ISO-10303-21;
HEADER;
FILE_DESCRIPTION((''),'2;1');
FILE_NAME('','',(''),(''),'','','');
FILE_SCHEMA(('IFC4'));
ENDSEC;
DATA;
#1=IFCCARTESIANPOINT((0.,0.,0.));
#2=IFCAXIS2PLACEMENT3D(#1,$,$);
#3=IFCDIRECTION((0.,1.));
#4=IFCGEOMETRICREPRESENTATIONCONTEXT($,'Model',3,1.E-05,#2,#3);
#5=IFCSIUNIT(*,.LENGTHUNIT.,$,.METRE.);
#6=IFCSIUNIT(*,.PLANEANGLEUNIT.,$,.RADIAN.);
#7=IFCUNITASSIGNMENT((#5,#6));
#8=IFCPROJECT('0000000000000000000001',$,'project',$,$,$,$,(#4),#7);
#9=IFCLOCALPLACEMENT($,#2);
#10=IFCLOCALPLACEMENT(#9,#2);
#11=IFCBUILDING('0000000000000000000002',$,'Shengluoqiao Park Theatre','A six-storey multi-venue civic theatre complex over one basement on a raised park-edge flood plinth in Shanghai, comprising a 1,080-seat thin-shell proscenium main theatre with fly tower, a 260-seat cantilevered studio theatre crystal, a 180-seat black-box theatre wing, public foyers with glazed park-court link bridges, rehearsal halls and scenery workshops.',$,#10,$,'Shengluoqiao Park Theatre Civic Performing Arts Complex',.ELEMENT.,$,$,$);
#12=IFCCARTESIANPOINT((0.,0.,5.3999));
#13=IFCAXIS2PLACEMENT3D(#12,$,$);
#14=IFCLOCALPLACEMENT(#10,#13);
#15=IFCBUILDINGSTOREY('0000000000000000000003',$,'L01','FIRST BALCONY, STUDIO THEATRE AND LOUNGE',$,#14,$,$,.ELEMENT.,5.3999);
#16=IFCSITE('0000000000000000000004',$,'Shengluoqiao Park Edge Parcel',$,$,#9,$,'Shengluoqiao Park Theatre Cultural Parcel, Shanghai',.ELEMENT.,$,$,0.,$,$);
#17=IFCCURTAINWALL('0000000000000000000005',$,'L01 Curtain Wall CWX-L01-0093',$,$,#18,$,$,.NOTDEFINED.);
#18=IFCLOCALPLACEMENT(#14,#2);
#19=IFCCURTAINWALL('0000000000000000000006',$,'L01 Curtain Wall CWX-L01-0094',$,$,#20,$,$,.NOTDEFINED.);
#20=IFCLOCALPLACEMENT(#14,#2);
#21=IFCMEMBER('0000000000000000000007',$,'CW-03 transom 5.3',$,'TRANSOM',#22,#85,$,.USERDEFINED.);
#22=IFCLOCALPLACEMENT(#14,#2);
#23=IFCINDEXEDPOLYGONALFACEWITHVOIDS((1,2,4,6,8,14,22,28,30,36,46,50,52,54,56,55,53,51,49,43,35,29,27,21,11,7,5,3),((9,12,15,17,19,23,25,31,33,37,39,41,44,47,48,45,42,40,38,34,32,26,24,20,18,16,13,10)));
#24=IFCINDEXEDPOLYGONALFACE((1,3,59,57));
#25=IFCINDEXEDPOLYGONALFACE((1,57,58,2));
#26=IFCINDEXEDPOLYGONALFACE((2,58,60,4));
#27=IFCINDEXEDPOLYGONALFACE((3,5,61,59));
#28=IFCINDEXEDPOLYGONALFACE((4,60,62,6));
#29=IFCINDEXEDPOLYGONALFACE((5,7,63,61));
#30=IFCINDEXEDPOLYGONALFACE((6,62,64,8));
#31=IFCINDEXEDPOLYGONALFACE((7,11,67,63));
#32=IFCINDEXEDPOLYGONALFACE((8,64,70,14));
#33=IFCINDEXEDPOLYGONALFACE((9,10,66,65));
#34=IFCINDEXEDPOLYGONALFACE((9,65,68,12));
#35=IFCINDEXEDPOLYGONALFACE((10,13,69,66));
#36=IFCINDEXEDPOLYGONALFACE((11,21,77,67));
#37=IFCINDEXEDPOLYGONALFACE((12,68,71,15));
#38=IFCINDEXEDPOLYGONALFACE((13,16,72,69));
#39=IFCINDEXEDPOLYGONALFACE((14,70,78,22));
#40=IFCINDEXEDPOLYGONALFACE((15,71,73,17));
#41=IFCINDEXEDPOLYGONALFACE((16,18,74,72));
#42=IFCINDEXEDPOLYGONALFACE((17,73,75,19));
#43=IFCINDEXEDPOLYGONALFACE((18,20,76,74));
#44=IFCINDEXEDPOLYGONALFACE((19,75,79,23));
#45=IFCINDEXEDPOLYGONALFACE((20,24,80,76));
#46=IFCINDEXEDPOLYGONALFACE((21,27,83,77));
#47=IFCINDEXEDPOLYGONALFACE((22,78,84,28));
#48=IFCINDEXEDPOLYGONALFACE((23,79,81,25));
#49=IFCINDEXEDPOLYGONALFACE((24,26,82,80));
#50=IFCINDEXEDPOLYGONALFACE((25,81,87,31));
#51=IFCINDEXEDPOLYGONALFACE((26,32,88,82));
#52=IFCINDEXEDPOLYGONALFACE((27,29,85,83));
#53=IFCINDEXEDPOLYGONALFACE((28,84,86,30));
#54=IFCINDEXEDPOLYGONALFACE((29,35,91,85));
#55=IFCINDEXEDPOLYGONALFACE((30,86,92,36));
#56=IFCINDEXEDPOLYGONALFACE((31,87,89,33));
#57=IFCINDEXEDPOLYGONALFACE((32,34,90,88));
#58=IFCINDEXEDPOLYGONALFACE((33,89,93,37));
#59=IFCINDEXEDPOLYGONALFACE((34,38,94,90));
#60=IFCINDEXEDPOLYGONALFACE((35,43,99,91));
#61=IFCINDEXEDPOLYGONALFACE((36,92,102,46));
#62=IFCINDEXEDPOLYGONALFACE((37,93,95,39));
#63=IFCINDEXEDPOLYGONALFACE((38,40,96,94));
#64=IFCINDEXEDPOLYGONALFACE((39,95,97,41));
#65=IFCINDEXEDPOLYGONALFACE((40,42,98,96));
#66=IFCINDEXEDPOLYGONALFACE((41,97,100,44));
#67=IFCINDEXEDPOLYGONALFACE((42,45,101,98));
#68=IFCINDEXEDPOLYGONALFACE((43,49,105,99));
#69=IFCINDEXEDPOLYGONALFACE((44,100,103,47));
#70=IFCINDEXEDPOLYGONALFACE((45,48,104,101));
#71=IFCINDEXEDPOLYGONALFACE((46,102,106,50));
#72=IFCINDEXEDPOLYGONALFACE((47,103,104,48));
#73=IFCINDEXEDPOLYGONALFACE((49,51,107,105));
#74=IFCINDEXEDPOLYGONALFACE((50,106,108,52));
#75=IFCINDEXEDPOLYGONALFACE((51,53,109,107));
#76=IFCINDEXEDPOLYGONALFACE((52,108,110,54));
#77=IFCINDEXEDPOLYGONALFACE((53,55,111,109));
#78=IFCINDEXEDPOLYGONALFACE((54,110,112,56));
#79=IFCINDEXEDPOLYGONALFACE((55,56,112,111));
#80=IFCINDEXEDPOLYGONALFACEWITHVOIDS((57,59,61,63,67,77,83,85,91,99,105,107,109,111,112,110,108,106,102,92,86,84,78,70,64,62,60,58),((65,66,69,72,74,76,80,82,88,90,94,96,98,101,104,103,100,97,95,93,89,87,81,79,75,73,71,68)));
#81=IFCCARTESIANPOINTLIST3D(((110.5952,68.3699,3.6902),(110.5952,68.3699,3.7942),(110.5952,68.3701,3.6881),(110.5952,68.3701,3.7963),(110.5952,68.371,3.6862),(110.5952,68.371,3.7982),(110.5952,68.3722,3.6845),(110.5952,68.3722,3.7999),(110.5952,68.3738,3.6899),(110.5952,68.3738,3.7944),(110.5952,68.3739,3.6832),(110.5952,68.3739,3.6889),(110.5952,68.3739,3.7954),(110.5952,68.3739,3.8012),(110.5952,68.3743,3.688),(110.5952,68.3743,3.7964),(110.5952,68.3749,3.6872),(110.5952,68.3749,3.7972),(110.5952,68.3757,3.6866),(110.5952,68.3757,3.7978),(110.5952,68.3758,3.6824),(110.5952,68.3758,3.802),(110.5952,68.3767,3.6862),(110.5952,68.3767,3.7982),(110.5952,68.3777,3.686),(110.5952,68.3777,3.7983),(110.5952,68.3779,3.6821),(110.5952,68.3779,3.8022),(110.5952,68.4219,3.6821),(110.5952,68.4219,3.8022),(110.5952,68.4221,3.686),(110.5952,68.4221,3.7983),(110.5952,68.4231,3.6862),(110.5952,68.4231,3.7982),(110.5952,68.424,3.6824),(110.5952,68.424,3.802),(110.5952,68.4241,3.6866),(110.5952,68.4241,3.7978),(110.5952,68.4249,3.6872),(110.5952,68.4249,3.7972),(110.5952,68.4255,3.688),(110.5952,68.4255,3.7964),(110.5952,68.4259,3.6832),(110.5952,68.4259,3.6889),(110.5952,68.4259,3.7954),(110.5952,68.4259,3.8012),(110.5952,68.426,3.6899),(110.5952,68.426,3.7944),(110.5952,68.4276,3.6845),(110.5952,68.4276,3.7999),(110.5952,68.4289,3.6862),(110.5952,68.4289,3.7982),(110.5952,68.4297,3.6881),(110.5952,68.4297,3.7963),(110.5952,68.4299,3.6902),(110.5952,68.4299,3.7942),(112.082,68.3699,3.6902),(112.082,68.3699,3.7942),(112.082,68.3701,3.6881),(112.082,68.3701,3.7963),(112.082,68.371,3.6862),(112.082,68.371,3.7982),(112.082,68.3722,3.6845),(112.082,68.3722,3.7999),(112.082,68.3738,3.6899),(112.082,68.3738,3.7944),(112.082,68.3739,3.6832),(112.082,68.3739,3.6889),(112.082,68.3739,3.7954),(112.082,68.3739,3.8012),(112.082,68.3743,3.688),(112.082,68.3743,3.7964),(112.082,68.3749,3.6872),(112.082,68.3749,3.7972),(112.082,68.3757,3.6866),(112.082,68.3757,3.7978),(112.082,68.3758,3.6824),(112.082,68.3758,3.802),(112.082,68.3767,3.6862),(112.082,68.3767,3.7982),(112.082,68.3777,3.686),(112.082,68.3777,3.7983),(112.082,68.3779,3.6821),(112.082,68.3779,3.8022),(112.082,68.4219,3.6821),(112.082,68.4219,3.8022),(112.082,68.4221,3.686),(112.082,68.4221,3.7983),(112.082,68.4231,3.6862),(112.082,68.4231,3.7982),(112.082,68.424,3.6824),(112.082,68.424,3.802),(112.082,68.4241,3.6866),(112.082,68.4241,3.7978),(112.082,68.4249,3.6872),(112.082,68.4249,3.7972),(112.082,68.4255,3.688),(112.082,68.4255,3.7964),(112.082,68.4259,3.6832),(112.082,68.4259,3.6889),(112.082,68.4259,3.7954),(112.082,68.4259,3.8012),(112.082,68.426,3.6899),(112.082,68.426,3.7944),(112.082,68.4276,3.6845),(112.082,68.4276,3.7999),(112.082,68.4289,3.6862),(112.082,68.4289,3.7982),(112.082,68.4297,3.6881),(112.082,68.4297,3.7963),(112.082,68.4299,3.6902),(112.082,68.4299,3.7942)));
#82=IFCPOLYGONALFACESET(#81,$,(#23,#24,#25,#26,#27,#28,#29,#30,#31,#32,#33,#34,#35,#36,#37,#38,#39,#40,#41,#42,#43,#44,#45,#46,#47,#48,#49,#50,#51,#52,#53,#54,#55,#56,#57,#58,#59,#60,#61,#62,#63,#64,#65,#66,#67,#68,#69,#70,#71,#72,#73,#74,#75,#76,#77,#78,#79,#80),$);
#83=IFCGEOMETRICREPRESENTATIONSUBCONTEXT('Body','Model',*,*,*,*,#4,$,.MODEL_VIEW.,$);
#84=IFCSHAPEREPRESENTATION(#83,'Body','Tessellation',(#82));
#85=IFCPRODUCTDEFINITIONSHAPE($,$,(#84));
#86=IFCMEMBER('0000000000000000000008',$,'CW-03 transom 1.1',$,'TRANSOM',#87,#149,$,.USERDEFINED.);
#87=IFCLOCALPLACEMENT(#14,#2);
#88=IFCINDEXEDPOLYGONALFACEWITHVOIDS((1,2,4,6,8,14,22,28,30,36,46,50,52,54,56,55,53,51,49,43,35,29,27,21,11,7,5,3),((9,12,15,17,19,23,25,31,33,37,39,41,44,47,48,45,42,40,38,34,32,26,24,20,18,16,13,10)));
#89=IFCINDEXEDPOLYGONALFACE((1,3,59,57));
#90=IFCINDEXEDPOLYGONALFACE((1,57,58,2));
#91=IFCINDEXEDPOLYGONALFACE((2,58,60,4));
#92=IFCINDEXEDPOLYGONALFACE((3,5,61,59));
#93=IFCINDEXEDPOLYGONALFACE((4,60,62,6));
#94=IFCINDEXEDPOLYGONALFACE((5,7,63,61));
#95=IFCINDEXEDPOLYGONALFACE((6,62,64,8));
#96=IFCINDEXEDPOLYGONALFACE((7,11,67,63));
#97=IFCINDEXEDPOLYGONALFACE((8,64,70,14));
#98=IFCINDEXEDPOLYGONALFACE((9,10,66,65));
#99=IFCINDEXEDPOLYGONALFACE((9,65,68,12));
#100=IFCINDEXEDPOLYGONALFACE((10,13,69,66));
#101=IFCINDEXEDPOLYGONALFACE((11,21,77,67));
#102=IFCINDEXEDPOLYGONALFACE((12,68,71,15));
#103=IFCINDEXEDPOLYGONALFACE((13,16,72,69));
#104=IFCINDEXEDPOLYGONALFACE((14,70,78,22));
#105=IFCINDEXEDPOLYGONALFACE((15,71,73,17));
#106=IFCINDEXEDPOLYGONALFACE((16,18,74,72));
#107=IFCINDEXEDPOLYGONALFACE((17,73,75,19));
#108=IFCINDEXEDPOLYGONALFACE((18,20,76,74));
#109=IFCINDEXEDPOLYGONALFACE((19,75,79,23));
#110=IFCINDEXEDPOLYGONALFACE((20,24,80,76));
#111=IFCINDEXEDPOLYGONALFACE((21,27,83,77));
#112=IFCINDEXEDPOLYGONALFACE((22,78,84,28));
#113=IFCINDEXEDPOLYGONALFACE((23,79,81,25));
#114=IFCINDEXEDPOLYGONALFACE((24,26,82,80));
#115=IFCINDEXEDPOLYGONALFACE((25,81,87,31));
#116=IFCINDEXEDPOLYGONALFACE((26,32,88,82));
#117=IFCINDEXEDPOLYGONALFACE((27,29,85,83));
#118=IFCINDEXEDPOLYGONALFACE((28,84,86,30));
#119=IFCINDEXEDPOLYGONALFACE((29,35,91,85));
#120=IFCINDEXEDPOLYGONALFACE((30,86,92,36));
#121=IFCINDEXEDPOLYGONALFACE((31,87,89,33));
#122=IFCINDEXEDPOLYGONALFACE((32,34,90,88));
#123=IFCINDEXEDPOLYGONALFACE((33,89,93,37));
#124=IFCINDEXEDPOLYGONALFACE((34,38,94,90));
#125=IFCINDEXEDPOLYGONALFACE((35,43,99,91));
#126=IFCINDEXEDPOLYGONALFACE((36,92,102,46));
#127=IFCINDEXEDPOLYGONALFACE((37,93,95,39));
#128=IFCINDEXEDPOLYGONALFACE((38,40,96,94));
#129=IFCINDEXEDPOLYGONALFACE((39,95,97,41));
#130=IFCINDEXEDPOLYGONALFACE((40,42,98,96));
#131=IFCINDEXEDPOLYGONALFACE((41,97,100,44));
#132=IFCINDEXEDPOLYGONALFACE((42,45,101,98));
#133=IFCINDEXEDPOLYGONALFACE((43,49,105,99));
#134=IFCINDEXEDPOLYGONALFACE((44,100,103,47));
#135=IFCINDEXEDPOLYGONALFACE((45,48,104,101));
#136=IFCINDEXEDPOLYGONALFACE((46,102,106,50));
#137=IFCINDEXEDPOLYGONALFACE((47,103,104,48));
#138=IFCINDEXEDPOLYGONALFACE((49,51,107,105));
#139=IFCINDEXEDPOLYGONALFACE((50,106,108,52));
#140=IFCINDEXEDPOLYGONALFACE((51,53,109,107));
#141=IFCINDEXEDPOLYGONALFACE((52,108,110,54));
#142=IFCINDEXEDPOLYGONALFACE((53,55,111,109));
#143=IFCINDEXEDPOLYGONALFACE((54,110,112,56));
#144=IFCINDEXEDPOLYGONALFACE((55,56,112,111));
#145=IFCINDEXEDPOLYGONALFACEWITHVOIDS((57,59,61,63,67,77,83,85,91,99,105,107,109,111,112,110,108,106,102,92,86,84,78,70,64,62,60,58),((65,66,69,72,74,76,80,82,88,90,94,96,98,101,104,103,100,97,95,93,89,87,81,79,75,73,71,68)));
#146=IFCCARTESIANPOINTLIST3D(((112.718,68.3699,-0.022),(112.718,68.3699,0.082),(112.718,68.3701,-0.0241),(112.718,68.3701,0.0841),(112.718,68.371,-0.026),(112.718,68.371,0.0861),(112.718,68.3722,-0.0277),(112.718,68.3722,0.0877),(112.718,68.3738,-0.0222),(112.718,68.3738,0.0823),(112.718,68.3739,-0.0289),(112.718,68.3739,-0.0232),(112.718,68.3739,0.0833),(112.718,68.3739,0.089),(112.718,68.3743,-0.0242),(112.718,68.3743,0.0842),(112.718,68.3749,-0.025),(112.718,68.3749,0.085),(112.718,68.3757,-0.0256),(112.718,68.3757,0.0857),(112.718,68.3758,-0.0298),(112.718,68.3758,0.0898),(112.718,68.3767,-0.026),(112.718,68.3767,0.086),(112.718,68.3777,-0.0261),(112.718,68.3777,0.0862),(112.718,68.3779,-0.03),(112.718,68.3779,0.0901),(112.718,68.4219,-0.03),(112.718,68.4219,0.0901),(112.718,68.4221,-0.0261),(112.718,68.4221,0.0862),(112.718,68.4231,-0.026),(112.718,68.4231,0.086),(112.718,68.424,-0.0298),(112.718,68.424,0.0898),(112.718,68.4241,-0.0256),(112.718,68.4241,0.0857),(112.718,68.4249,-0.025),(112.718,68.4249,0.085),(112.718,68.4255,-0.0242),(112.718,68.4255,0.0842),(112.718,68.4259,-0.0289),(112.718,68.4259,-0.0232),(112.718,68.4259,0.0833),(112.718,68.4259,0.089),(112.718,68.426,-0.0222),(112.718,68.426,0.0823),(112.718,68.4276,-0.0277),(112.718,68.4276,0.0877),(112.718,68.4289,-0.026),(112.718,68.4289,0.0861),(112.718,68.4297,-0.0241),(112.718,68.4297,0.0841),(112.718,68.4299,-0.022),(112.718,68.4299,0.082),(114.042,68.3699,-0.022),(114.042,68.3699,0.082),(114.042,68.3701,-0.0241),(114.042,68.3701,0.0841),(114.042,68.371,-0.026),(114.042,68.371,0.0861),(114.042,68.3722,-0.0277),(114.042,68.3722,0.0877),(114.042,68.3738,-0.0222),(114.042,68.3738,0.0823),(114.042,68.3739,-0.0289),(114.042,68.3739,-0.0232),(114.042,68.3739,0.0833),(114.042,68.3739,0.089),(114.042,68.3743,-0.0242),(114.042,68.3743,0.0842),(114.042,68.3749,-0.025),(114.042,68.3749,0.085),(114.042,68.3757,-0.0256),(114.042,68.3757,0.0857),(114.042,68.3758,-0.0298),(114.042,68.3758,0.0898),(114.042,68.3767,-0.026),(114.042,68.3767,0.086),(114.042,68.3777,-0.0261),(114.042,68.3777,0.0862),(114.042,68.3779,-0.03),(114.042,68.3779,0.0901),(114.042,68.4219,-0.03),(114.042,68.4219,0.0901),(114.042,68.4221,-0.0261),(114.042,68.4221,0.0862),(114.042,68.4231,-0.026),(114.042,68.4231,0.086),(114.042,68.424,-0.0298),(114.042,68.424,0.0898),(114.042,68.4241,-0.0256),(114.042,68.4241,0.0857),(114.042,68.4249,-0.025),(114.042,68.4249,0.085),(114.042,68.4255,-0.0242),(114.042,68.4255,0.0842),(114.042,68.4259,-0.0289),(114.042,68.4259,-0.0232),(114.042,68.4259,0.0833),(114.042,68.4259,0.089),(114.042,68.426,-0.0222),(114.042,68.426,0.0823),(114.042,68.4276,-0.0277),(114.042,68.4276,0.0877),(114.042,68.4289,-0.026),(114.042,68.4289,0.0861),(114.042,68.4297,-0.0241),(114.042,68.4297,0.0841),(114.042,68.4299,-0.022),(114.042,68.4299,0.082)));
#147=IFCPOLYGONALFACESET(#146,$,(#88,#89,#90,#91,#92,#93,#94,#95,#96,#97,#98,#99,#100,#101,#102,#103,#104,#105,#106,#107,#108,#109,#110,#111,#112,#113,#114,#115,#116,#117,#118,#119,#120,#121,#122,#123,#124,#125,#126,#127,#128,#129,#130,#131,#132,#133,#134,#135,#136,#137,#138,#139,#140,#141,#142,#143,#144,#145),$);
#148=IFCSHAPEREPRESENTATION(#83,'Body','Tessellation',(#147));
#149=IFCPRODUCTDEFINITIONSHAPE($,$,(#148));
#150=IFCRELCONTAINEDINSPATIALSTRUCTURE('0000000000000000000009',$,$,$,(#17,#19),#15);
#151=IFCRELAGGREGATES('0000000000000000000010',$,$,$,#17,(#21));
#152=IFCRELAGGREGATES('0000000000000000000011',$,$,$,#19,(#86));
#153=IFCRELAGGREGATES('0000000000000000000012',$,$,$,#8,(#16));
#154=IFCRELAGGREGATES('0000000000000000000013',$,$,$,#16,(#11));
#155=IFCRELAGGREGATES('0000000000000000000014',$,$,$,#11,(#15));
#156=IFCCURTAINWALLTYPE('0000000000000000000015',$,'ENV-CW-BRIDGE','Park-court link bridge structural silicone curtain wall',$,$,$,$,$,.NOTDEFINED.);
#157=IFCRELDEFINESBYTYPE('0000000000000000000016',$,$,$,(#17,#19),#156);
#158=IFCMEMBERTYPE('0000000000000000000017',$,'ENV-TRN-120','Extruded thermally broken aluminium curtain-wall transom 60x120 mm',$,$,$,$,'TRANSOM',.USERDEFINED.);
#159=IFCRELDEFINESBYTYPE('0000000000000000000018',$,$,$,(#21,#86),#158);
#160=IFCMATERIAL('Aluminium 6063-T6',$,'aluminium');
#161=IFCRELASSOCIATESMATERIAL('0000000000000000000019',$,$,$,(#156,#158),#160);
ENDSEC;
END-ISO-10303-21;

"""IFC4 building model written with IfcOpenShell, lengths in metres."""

from ifc_helpers import new_model, si_unit, direction, frame, origin, origin_2d, place, context, subcontext, project, spatial, hollow_rectangle, extrude, material, material_profile, profile_set, type_object, element, aggregate, save


model = new_model("IFC4")

# Units and contexts
model_context = context("Model", 3, precision=1e-05, world=origin(), true_north=direction((0.0, 1.0)))
body_context = subcontext(model_context, "Body", "Model", "MODEL_VIEW")
ifc_project = project(units=[si_unit("LENGTHUNIT", "METRE"), si_unit("PLANEANGLEUNIT", "RADIAN")], contexts=[model_context])

# Site, building, storey
site_placement = place(None, origin())
site = spatial("IfcSite", under=ifc_project, at=site_placement, Name="Shengluoqiao Park Edge Parcel", LongName="Shengluoqiao Park Theatre Cultural Parcel, Shanghai", CompositionType="ELEMENT", RefElevation=0.0)
building_placement = place(site_placement, origin())
building = spatial("IfcBuilding", under=site, at=building_placement, Name="Shengluoqiao Park Theatre", Description="A six-storey multi-venue civic theatre complex over one basement on a raised park-edge flood plinth in Shanghai, comprising a 1,080-seat thin-shell proscenium main theatre with fly tower, a 260-seat cantilevered studio theatre crystal, a 180-seat black-box theatre wing, public foyers with glazed park-court link bridges, rehearsal halls and scenery workshops.", LongName="Shengluoqiao Park Theatre Civic Performing Arts Complex", CompositionType="ELEMENT")
storey_placement = place(building_placement, frame((0.0, 0.0, 5.3999)))
storey = spatial("IfcBuildingStorey", under=building, at=storey_placement, Name="L01", Description="FIRST BALCONY, STUDIO THEATRE AND LOUNGE", CompositionType="ELEMENT", Elevation=5.3999)

# Curtain walls
ifc_material_1 = material(Name="Aluminium 6063-T6", Category="aluminium")
curtain_wall_type = type_object("IfcCurtainWallType", Name="ENV-CW-BRIDGE", Description="Park-court link bridge structural silicone curtain wall", PredefinedType="NOTDEFINED", material=ifc_material_1)
curtain_wall_1_placement = place(storey_placement, origin())
curtain_wall_1 = element("IfcCurtainWall", 1, at=curtain_wall_1_placement, inside=storey, type_object=curtain_wall_type, Name="L01 Curtain Wall CWX-L01-0093", PredefinedType="NOTDEFINED")
curtain_wall_2_placement = place(storey_placement, origin())
curtain_wall_2 = element("IfcCurtainWall", 2, at=curtain_wall_2_placement, inside=storey, type_object=curtain_wall_type, Name="L01 Curtain Wall CWX-L01-0094", PredefinedType="NOTDEFINED")

# Members
ifc_material_profile_1 = material_profile(ifc_material_1, hollow_rectangle(XDim=0.0601, YDim=0.1201, WallThickness=0.0039, InnerFilletRadius=0.0039, OuterFilletRadius=0.0081, at=origin_2d()), Name="ALU TRANSOM 120x60x4")
ifc_profile_set_1 = profile_set([ifc_material_profile_1], Name="Aluminium 6063-T6")
member_type_1 = type_object("IfcMemberType", Name="ENV-TRN-120", Description="Extruded thermally broken aluminium curtain-wall transom 60x120 mm", ElementType="TRANSOM", PredefinedType="USERDEFINED", material=ifc_profile_set_1)
member_1_placement = place(storey_placement, frame((110.5952, 68.3999, 3.7422), z_axis=(1.0, 0.0, 0.0), x_axis=(0.0, 1.0, 0.0)))
member_1 = element("IfcMember", 3, at=member_1_placement, type_object=member_type_1, Name="CW-03 transom 5.3", ObjectType="TRANSOM", PredefinedType="USERDEFINED", context=body_context, shape_type="SweptSolid", body=[
    extrude(hollow_rectangle(XDim=0.0601, YDim=0.1201, WallThickness=0.0039, InnerFilletRadius=0.0039, OuterFilletRadius=0.0081, at=origin_2d()), origin(), (0.0, 0.0, 1.0), 1.4868),
])
member_2_placement = place(storey_placement, frame((112.718, 68.3999, 0.03), z_axis=(1.0, 0.0, 0.0), x_axis=(0.0, 1.0, 0.0)))
member_2 = element("IfcMember", 4, at=member_2_placement, type_object=member_type_1, Name="CW-03 transom 1.1", ObjectType="TRANSOM", PredefinedType="USERDEFINED", context=body_context, shape_type="SweptSolid", body=[
    extrude(hollow_rectangle(XDim=0.0601, YDim=0.1201, WallThickness=0.0039, InnerFilletRadius=0.0039, OuterFilletRadius=0.0081, at=origin_2d()), origin(), (0.0, 0.0, 1.0), 1.324),
])

aggregate(curtain_wall_1, [member_1])
aggregate(curtain_wall_2, [member_2])

save(model, "model.ifc")
